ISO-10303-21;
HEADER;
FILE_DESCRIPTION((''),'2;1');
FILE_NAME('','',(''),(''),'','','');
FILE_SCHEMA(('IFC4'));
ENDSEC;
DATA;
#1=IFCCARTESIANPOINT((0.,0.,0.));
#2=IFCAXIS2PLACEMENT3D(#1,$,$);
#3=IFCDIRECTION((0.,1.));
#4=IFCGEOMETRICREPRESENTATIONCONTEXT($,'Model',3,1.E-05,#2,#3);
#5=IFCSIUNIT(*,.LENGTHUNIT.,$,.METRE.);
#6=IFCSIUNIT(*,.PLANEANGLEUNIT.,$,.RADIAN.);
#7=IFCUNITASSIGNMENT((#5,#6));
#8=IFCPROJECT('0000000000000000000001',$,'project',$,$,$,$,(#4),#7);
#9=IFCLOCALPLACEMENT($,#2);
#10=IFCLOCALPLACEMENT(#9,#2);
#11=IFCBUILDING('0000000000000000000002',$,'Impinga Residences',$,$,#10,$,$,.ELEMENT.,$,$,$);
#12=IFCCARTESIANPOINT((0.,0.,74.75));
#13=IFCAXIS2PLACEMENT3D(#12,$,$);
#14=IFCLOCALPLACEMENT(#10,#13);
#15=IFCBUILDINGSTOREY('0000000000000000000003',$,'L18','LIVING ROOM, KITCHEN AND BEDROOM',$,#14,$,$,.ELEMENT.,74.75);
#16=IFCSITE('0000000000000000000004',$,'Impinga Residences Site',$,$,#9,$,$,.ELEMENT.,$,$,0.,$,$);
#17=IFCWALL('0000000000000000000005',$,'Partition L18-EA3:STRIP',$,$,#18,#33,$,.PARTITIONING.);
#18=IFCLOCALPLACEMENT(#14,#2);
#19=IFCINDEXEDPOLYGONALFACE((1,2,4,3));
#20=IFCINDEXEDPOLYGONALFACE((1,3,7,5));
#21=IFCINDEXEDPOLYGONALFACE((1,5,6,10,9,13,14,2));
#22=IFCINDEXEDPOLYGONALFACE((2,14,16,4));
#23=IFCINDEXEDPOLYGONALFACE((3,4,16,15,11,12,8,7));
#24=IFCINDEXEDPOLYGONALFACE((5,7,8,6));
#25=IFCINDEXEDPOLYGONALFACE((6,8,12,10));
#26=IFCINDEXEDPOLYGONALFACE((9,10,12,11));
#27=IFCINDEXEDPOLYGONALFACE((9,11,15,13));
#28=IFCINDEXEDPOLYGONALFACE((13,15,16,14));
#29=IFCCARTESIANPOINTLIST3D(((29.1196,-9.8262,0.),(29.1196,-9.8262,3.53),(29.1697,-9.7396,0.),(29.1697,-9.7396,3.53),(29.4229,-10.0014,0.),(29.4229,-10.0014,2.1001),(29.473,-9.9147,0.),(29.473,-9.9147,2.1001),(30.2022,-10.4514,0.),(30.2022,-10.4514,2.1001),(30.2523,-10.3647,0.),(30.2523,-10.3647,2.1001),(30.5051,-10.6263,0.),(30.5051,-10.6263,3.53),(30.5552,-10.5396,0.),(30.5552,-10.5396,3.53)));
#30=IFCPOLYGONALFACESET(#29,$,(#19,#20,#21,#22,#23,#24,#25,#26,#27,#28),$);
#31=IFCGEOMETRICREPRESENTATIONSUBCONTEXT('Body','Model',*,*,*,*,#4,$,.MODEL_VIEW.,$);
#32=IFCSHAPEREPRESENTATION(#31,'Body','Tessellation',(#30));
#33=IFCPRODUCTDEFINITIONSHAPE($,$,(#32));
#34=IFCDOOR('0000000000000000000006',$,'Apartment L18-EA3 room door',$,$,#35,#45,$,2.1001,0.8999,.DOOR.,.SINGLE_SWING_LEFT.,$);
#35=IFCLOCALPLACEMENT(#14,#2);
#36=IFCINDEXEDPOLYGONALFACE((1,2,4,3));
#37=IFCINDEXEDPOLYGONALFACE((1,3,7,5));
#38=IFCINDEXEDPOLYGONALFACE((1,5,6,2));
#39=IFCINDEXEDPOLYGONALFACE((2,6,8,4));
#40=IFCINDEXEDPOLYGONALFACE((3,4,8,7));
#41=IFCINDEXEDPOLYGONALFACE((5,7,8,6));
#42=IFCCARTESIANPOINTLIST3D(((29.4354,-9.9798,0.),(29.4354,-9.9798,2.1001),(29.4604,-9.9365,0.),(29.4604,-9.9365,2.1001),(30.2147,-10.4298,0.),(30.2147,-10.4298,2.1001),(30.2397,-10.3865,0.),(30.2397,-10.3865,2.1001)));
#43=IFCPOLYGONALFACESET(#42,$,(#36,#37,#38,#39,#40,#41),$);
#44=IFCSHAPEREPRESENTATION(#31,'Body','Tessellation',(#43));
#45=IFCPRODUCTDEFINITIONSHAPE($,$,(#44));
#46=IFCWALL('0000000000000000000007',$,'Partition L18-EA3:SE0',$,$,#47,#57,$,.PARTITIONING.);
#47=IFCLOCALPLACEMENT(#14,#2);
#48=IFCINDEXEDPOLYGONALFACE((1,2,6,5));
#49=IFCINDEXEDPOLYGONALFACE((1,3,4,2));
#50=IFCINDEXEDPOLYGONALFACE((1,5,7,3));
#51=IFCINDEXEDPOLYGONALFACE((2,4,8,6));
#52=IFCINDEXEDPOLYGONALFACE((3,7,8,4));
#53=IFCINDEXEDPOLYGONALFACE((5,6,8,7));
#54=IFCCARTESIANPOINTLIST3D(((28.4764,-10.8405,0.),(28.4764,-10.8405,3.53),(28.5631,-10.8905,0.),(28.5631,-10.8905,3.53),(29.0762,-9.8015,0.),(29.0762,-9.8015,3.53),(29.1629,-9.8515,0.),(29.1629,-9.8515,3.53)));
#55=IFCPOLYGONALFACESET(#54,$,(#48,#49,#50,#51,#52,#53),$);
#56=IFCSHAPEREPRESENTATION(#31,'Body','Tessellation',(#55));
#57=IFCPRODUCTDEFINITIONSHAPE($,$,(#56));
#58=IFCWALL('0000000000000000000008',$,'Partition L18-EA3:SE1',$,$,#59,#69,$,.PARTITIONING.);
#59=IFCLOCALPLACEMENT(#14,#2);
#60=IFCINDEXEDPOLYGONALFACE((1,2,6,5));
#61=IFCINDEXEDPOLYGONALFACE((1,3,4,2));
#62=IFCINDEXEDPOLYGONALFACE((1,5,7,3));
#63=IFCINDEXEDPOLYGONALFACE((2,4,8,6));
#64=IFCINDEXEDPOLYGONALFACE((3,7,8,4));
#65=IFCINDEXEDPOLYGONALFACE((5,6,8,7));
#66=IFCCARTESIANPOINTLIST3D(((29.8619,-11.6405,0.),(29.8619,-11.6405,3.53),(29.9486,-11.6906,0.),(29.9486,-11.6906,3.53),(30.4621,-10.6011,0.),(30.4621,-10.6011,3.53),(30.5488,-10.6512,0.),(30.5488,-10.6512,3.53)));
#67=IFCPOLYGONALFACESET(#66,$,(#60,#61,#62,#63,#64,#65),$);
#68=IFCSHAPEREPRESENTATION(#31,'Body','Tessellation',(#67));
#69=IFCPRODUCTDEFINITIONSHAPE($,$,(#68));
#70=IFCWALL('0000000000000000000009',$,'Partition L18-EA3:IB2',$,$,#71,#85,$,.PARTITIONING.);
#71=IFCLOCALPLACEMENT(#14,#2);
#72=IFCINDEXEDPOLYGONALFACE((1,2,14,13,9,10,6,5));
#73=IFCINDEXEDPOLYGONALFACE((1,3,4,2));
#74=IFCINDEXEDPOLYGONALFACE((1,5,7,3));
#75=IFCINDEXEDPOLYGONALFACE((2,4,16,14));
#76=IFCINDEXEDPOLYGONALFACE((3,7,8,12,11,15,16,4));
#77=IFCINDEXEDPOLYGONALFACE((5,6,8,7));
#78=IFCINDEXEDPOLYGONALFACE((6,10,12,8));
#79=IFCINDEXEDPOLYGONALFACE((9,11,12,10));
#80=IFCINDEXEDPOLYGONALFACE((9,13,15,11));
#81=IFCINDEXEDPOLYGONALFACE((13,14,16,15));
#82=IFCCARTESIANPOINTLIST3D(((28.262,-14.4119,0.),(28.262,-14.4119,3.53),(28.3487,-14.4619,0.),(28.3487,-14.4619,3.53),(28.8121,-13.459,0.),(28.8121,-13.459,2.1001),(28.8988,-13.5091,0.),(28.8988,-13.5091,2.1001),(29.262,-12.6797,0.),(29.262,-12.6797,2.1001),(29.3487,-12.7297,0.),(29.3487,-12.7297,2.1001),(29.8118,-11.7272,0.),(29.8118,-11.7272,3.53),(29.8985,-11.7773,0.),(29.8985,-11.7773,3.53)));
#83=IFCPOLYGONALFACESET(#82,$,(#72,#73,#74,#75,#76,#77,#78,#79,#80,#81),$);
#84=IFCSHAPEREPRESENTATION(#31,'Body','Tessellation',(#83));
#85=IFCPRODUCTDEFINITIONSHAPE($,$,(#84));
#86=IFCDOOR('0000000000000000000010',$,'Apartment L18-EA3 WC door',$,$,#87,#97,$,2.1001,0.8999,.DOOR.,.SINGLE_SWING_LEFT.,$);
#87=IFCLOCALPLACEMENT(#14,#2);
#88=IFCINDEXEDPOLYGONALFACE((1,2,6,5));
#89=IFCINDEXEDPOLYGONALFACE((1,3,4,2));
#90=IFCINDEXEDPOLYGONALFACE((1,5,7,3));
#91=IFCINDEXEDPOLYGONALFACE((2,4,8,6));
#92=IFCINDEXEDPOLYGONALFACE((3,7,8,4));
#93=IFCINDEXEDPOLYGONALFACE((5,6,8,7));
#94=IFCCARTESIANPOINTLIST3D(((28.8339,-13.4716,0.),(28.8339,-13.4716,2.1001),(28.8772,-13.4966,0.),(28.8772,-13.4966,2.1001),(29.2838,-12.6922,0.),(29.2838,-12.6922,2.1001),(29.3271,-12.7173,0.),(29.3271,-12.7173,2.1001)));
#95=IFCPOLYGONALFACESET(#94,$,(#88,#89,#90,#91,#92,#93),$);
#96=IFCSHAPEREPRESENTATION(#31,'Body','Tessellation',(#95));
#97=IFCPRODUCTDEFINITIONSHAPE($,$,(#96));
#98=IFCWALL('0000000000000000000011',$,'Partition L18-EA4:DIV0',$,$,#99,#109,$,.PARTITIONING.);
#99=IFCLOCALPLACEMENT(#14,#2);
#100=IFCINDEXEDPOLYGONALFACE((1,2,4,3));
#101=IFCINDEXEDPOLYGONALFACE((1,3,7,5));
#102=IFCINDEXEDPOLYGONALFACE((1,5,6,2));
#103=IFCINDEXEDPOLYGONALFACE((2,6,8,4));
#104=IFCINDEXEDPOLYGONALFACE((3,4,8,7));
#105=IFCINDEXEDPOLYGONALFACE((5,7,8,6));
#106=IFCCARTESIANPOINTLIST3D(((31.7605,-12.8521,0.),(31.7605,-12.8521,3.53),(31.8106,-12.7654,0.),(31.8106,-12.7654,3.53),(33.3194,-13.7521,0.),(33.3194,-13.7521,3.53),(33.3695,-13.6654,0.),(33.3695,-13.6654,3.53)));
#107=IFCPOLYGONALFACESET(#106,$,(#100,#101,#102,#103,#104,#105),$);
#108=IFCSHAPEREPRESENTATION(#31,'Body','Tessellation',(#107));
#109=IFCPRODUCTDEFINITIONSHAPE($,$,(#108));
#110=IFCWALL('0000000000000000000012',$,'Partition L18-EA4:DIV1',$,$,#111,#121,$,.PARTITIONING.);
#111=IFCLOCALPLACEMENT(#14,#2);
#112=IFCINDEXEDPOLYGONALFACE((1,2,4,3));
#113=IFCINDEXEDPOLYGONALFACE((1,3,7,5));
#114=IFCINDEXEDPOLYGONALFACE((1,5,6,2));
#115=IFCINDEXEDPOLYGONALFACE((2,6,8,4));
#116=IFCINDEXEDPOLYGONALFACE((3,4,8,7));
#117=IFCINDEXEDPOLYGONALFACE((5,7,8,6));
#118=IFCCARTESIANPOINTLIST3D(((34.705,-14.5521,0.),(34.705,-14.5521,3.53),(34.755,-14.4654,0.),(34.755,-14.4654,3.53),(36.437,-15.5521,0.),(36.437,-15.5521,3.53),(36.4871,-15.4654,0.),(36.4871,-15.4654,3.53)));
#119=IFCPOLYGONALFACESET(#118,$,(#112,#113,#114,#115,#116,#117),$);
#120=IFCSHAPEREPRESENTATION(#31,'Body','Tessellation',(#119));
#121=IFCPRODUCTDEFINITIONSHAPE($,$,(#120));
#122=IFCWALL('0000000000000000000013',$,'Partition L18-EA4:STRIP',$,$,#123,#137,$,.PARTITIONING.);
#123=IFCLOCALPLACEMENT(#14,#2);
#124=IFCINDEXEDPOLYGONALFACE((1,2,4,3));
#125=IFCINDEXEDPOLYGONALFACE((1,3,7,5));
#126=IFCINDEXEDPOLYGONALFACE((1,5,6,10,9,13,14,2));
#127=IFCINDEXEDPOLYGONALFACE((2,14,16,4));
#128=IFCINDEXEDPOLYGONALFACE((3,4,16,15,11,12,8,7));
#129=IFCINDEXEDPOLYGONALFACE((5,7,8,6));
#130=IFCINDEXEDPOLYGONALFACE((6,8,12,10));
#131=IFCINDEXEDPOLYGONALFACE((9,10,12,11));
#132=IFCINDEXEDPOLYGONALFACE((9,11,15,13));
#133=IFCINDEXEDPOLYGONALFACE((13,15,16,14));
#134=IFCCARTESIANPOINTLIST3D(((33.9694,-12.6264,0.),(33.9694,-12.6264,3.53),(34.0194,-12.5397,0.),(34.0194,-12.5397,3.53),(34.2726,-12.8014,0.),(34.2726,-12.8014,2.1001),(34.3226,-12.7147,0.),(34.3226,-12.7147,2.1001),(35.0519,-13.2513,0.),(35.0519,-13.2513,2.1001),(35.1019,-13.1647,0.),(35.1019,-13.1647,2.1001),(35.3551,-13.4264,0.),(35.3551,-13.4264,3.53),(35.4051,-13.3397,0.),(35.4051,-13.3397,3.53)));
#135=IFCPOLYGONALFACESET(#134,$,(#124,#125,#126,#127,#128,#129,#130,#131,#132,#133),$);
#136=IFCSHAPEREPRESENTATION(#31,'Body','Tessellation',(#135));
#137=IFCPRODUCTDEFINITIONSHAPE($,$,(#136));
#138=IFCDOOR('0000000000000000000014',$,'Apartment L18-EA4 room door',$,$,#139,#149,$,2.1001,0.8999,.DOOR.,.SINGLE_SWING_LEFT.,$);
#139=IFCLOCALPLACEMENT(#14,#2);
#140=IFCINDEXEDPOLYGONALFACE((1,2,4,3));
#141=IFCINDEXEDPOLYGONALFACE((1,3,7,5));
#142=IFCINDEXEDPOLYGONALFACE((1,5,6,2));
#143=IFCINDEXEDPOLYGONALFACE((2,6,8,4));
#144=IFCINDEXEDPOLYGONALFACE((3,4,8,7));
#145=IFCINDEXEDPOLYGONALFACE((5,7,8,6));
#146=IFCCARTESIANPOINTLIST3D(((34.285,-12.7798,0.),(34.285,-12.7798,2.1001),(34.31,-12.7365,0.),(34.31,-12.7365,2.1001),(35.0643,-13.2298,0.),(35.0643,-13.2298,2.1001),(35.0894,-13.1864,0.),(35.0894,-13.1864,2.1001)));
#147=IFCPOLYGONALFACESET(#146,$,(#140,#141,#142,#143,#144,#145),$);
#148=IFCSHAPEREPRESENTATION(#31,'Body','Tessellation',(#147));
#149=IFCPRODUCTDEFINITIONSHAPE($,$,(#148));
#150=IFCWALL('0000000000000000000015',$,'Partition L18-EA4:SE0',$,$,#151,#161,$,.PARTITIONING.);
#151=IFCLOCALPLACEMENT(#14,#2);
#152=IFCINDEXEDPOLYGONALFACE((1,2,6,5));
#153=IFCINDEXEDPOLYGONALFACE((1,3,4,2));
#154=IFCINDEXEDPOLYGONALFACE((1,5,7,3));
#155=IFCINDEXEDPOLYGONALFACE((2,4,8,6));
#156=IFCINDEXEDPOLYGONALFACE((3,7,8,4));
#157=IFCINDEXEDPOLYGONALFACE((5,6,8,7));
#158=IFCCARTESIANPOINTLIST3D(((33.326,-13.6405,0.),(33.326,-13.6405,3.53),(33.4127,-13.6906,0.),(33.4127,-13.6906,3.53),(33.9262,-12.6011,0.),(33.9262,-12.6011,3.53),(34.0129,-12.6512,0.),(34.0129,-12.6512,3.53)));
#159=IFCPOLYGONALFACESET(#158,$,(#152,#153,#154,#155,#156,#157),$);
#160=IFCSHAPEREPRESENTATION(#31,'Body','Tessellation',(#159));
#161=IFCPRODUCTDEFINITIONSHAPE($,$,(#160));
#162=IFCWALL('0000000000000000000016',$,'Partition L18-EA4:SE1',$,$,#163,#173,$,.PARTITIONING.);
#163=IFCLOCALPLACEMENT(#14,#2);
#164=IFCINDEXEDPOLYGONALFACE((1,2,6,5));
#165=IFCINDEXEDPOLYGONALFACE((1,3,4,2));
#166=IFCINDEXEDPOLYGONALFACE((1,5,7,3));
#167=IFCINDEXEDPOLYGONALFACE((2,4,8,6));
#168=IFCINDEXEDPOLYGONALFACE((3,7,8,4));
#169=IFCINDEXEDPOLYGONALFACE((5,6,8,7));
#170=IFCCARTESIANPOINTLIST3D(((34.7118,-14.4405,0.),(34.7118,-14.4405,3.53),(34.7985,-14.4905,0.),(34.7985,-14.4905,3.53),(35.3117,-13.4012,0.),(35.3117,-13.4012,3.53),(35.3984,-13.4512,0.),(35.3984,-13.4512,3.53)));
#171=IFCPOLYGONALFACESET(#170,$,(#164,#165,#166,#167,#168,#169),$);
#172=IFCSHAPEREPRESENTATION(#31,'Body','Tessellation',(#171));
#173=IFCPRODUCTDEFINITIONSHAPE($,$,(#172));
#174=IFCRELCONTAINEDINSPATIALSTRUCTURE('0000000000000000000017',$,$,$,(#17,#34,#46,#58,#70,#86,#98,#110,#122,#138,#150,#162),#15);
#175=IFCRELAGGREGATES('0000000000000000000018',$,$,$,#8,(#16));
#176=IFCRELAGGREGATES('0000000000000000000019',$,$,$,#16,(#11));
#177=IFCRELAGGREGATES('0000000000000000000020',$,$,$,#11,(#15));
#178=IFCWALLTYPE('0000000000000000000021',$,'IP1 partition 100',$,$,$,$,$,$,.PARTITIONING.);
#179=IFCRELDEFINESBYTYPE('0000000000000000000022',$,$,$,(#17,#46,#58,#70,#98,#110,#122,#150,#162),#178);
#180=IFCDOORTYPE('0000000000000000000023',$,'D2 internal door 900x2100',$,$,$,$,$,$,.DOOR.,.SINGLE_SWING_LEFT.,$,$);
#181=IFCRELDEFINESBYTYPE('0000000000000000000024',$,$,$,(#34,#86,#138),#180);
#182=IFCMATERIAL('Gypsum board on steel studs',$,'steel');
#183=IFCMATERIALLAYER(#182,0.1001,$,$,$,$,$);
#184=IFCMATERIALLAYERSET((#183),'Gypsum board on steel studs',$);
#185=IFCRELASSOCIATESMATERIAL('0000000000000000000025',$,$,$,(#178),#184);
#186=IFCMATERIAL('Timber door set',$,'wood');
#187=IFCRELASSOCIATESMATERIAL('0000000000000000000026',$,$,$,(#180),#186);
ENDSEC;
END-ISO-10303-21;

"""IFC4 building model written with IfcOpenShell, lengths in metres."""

from ifc_helpers import new_model, si_unit, direction, frame, frame_2d, origin, place, context, subcontext, project, spatial, rectangle, extrude, material, layer, layer_set, type_object, element, fill, save


model = new_model("IFC4")

# Units and contexts
model_context = context("Model", 3, precision=1e-05, world=origin(), true_north=direction((0.0, 1.0)))
body_context = subcontext(model_context, "Body", "Model", "MODEL_VIEW")
ifc_project = project(units=[si_unit("LENGTHUNIT", "METRE"), si_unit("PLANEANGLEUNIT", "RADIAN")], contexts=[model_context])

# Site, building, storey
site_placement = place(None, origin())
site = spatial("IfcSite", under=ifc_project, at=site_placement, Name="Impinga Residences Site", CompositionType="ELEMENT", RefElevation=0.0)
building_placement = place(site_placement, origin())
building = spatial("IfcBuilding", under=site, at=building_placement, Name="Impinga Residences", CompositionType="ELEMENT")
storey_placement = place(building_placement, frame((0.0, 0.0, 74.75)))
storey = spatial("IfcBuildingStorey", under=building, at=storey_placement, Name="L18", Description="LIVING ROOM, KITCHEN AND BEDROOM", CompositionType="ELEMENT", Elevation=74.75)

# Shared definitions
ifc_material_1 = material(Name="Gypsum board on steel studs", Category="steel")
ifc_layer_1 = layer(ifc_material_1, 0.1001)
ifc_layer_set_1 = layer_set([ifc_layer_1], Name="Gypsum board on steel studs")
wall_type_1 = type_object("IfcWallType", Name="IP1 partition 100", PredefinedType="PARTITIONING", material=ifc_layer_set_1)

# Wall, opening, door
wall_1_placement = place(storey_placement, frame((29.1448, -9.783, 0.0), z_axis=(0.0, 0.0, 1.0), x_axis=(0.86599, -0.500061, 0.0)))
wall_1 = element("IfcWall", 1, at=wall_1_placement, inside=storey, type_object=wall_type_1, Name="Partition L18-EA3:STRIP", PredefinedType="PARTITIONING", context=body_context, shape_type="SweptSolid", body=[
    extrude(rectangle(XDim=1.5999, YDim=0.1001, at=frame_2d((0.7998, 0.0))), origin(), (0.0, 0.0, 1.0), 3.53),
])
opening_1_placement = place(wall_1_placement, frame((0.3501, 0.0, 0.0)))
opening_1 = element("IfcOpeningElement", 2, at=opening_1_placement, cuts=wall_1, PredefinedType="OPENING", context=body_context, shape_type="SweptSolid", body=[
    extrude(rectangle(XDim=0.8999, YDim=2.1001, at=frame_2d((0.45, 1.05))), frame((0.0, 0.0601, 0.0), z_axis=(0.0, -1.0, 0.0), x_axis=(1.0, 0.0, 0.0)), (0.0, 0.0, 1.0), 0.1201),
])
ifc_material_2 = material(Name="Timber door set", Category="wood")
door_type = type_object("IfcDoorType", Name="D2 internal door 900x2100", OperationType="SINGLE_SWING_LEFT", PredefinedType="DOOR", material=ifc_material_2)
door_1_placement = place(opening_1_placement, origin())
door_1 = element("IfcDoor", 3, at=door_1_placement, inside=storey, type_object=door_type, Name="Apartment L18-EA3 room door", OperationType="SINGLE_SWING_LEFT", OverallHeight=2.1001, OverallWidth=0.8999, PredefinedType="DOOR", context=body_context, shape_type="SweptSolid", body=[
    extrude(rectangle(XDim=0.8999, YDim=2.1001, at=frame_2d((0.45, 1.05))), frame((0.0, 0.0249, 0.0), z_axis=(0.0, -1.0, 0.0), x_axis=(1.0, 0.0, 0.0)), (0.0, 0.0, 1.0), 0.05),
])
fill(opening_1, door_1)

# Walls
wall_2_placement = place(storey_placement, frame((28.5198, -10.8655, 0.0), z_axis=(0.0, 0.0, 1.0), x_axis=(0.499969, 0.866043, 0.0)))
element("IfcWall", 4, at=wall_2_placement, inside=storey, type_object=wall_type_1, Name="Partition L18-EA3:SE0", PredefinedType="PARTITIONING", context=body_context, shape_type="SweptSolid", body=[
    extrude(rectangle(XDim=1.1997, YDim=0.1001, at=frame_2d((0.5999, 0.0))), origin(), (0.0, 0.0, 1.0), 3.53),
])
wall_3_placement = place(storey_placement, frame((29.9053, -11.6655, 0.0), z_axis=(0.0, 0.0, 1.0), x_axis=(0.500034, 0.866006, 0.0)))
element("IfcWall", 5, at=wall_3_placement, inside=storey, type_object=wall_type_1, Name="Partition L18-EA3:SE1", PredefinedType="PARTITIONING", context=body_context, shape_type="SweptSolid", body=[
    extrude(rectangle(XDim=1.2002, YDim=0.1001, at=frame_2d((0.6001, 0.0))), origin(), (0.0, 0.0, 1.0), 3.53),
])

# Wall, opening, door
wall_4_placement = place(storey_placement, frame((28.3054, -14.4368, 0.0), z_axis=(0.0, 0.0, 1.0), x_axis=(0.499968, 0.866044, 0.0)))
wall_4 = element("IfcWall", 6, at=wall_4_placement, inside=storey, type_object=wall_type_1, Name="Partition L18-EA3:IB2", PredefinedType="PARTITIONING", context=body_context, shape_type="SweptSolid", body=[
    extrude(rectangle(XDim=3.0999, YDim=0.1001, at=frame_2d((1.5498, 0.0))), origin(), (0.0, 0.0, 1.0), 3.53),
])
opening_2_placement = place(wall_4_placement, frame((1.1001, 0.0, 0.0)))
opening_2 = element("IfcOpeningElement", 7, at=opening_2_placement, cuts=wall_4, PredefinedType="OPENING", context=body_context, shape_type="SweptSolid", body=[
    extrude(rectangle(XDim=0.8999, YDim=2.1001, at=frame_2d((0.45, 1.05))), frame((0.0, 0.0601, 0.0), z_axis=(0.0, -1.0, 0.0), x_axis=(1.0, 0.0, 0.0)), (0.0, 0.0, 1.0), 0.1201),
])
door_2_placement = place(opening_2_placement, origin())
door_2 = element("IfcDoor", 8, at=door_2_placement, inside=storey, type_object=door_type, Name="Apartment L18-EA3 WC door", OperationType="SINGLE_SWING_LEFT", OverallHeight=2.1001, OverallWidth=0.8999, PredefinedType="DOOR", context=body_context, shape_type="SweptSolid", body=[
    extrude(rectangle(XDim=0.8999, YDim=2.1001, at=frame_2d((0.45, 1.05))), frame((0.0, 0.0249, 0.0), z_axis=(0.0, -1.0, 0.0), x_axis=(1.0, 0.0, 0.0)), (0.0, 0.0, 1.0), 0.05),
])
fill(opening_2, door_2)

# Walls
wall_5_placement = place(storey_placement, frame((31.7856, -12.8088, 0.0), z_axis=(0.0, 0.0, 1.0), x_axis=(0.866048, -0.499961, 0.0)))
element("IfcWall", 9, at=wall_5_placement, inside=storey, type_object=wall_type_1, Name="Partition L18-EA4:DIV0", PredefinedType="PARTITIONING", context=body_context, shape_type="SweptSolid", body=[
    extrude(rectangle(XDim=1.8, YDim=0.1001, at=frame_2d((0.8999, 0.0))), origin(), (0.0, 0.0, 1.0), 3.53),
])
wall_6_placement = place(storey_placement, frame((34.73, -14.5088, 0.0), z_axis=(0.0, 0.0, 1.0), x_axis=(0.866041, -0.499973, 0.0)))
element("IfcWall", 10, at=wall_6_placement, inside=storey, type_object=wall_type_1, Name="Partition L18-EA4:DIV1", PredefinedType="PARTITIONING", context=body_context, shape_type="SweptSolid", body=[
    extrude(rectangle(XDim=2.0, YDim=0.1001, at=frame_2d((1.0, 0.0))), origin(), (0.0, 0.0, 1.0), 3.53),
])

# Wall, opening, door
wall_7_placement = place(storey_placement, frame((33.9944, -12.583, 0.0), z_axis=(0.0, 0.0, 1.0), x_axis=(0.866028, -0.499995, 0.0)))
wall_7 = element("IfcWall", 11, at=wall_7_placement, inside=storey, type_object=wall_type_1, Name="Partition L18-EA4:STRIP", PredefinedType="PARTITIONING", context=body_context, shape_type="SweptSolid", body=[
    extrude(rectangle(XDim=1.6001, YDim=0.1001, at=frame_2d((0.8, 0.0))), origin(), (0.0, 0.0, 1.0), 3.53),
])
opening_3_placement = place(wall_7_placement, frame((0.3501, 0.0, 0.0)))
opening_3 = element("IfcOpeningElement", 12, at=opening_3_placement, cuts=wall_7, PredefinedType="OPENING", context=body_context, shape_type="SweptSolid", body=[
    extrude(rectangle(XDim=0.8999, YDim=2.1001, at=frame_2d((0.45, 1.05))), frame((0.0, 0.0601, 0.0), z_axis=(0.0, -1.0, 0.0), x_axis=(1.0, 0.0, 0.0)), (0.0, 0.0, 1.0), 0.1201),
])
door_3_placement = place(opening_3_placement, origin())
door_3 = element("IfcDoor", 13, at=door_3_placement, inside=storey, type_object=door_type, Name="Apartment L18-EA4 room door", OperationType="SINGLE_SWING_LEFT", OverallHeight=2.1001, OverallWidth=0.8999, PredefinedType="DOOR", context=body_context, shape_type="SweptSolid", body=[
    extrude(rectangle(XDim=0.8999, YDim=2.1001, at=frame_2d((0.45, 1.05))), frame((0.0, 0.0249, 0.0), z_axis=(0.0, -1.0, 0.0), x_axis=(1.0, 0.0, 0.0)), (0.0, 0.0, 1.0), 0.05),
])
fill(opening_3, door_3)

# Walls
wall_8_placement = place(storey_placement, frame((33.3694, -13.6655, 0.0), z_axis=(0.0, 0.0, 1.0), x_axis=(0.500034, 0.866006, 0.0)))
element("IfcWall", 14, at=wall_8_placement, inside=storey, type_object=wall_type_1, Name="Partition L18-EA4:SE0", PredefinedType="PARTITIONING", context=body_context, shape_type="SweptSolid", body=[
    extrude(rectangle(XDim=1.2002, YDim=0.1001, at=frame_2d((0.6001, 0.0))), origin(), (0.0, 0.0, 1.0), 3.53),
])
wall_9_placement = place(storey_placement, frame((34.7551, -14.4656, 0.0), z_axis=(0.0, 0.0, 1.0), x_axis=(0.499881, 0.866094, 0.0)))
element("IfcWall", 15, at=wall_9_placement, inside=storey, type_object=wall_type_1, Name="Partition L18-EA4:SE1", PredefinedType="PARTITIONING", context=body_context, shape_type="SweptSolid", body=[
    extrude(rectangle(XDim=1.2, YDim=0.1001, at=frame_2d((0.6001, 0.0))), origin(), (0.0, 0.0, 1.0), 3.53),
])

save(model, "model.ifc")
